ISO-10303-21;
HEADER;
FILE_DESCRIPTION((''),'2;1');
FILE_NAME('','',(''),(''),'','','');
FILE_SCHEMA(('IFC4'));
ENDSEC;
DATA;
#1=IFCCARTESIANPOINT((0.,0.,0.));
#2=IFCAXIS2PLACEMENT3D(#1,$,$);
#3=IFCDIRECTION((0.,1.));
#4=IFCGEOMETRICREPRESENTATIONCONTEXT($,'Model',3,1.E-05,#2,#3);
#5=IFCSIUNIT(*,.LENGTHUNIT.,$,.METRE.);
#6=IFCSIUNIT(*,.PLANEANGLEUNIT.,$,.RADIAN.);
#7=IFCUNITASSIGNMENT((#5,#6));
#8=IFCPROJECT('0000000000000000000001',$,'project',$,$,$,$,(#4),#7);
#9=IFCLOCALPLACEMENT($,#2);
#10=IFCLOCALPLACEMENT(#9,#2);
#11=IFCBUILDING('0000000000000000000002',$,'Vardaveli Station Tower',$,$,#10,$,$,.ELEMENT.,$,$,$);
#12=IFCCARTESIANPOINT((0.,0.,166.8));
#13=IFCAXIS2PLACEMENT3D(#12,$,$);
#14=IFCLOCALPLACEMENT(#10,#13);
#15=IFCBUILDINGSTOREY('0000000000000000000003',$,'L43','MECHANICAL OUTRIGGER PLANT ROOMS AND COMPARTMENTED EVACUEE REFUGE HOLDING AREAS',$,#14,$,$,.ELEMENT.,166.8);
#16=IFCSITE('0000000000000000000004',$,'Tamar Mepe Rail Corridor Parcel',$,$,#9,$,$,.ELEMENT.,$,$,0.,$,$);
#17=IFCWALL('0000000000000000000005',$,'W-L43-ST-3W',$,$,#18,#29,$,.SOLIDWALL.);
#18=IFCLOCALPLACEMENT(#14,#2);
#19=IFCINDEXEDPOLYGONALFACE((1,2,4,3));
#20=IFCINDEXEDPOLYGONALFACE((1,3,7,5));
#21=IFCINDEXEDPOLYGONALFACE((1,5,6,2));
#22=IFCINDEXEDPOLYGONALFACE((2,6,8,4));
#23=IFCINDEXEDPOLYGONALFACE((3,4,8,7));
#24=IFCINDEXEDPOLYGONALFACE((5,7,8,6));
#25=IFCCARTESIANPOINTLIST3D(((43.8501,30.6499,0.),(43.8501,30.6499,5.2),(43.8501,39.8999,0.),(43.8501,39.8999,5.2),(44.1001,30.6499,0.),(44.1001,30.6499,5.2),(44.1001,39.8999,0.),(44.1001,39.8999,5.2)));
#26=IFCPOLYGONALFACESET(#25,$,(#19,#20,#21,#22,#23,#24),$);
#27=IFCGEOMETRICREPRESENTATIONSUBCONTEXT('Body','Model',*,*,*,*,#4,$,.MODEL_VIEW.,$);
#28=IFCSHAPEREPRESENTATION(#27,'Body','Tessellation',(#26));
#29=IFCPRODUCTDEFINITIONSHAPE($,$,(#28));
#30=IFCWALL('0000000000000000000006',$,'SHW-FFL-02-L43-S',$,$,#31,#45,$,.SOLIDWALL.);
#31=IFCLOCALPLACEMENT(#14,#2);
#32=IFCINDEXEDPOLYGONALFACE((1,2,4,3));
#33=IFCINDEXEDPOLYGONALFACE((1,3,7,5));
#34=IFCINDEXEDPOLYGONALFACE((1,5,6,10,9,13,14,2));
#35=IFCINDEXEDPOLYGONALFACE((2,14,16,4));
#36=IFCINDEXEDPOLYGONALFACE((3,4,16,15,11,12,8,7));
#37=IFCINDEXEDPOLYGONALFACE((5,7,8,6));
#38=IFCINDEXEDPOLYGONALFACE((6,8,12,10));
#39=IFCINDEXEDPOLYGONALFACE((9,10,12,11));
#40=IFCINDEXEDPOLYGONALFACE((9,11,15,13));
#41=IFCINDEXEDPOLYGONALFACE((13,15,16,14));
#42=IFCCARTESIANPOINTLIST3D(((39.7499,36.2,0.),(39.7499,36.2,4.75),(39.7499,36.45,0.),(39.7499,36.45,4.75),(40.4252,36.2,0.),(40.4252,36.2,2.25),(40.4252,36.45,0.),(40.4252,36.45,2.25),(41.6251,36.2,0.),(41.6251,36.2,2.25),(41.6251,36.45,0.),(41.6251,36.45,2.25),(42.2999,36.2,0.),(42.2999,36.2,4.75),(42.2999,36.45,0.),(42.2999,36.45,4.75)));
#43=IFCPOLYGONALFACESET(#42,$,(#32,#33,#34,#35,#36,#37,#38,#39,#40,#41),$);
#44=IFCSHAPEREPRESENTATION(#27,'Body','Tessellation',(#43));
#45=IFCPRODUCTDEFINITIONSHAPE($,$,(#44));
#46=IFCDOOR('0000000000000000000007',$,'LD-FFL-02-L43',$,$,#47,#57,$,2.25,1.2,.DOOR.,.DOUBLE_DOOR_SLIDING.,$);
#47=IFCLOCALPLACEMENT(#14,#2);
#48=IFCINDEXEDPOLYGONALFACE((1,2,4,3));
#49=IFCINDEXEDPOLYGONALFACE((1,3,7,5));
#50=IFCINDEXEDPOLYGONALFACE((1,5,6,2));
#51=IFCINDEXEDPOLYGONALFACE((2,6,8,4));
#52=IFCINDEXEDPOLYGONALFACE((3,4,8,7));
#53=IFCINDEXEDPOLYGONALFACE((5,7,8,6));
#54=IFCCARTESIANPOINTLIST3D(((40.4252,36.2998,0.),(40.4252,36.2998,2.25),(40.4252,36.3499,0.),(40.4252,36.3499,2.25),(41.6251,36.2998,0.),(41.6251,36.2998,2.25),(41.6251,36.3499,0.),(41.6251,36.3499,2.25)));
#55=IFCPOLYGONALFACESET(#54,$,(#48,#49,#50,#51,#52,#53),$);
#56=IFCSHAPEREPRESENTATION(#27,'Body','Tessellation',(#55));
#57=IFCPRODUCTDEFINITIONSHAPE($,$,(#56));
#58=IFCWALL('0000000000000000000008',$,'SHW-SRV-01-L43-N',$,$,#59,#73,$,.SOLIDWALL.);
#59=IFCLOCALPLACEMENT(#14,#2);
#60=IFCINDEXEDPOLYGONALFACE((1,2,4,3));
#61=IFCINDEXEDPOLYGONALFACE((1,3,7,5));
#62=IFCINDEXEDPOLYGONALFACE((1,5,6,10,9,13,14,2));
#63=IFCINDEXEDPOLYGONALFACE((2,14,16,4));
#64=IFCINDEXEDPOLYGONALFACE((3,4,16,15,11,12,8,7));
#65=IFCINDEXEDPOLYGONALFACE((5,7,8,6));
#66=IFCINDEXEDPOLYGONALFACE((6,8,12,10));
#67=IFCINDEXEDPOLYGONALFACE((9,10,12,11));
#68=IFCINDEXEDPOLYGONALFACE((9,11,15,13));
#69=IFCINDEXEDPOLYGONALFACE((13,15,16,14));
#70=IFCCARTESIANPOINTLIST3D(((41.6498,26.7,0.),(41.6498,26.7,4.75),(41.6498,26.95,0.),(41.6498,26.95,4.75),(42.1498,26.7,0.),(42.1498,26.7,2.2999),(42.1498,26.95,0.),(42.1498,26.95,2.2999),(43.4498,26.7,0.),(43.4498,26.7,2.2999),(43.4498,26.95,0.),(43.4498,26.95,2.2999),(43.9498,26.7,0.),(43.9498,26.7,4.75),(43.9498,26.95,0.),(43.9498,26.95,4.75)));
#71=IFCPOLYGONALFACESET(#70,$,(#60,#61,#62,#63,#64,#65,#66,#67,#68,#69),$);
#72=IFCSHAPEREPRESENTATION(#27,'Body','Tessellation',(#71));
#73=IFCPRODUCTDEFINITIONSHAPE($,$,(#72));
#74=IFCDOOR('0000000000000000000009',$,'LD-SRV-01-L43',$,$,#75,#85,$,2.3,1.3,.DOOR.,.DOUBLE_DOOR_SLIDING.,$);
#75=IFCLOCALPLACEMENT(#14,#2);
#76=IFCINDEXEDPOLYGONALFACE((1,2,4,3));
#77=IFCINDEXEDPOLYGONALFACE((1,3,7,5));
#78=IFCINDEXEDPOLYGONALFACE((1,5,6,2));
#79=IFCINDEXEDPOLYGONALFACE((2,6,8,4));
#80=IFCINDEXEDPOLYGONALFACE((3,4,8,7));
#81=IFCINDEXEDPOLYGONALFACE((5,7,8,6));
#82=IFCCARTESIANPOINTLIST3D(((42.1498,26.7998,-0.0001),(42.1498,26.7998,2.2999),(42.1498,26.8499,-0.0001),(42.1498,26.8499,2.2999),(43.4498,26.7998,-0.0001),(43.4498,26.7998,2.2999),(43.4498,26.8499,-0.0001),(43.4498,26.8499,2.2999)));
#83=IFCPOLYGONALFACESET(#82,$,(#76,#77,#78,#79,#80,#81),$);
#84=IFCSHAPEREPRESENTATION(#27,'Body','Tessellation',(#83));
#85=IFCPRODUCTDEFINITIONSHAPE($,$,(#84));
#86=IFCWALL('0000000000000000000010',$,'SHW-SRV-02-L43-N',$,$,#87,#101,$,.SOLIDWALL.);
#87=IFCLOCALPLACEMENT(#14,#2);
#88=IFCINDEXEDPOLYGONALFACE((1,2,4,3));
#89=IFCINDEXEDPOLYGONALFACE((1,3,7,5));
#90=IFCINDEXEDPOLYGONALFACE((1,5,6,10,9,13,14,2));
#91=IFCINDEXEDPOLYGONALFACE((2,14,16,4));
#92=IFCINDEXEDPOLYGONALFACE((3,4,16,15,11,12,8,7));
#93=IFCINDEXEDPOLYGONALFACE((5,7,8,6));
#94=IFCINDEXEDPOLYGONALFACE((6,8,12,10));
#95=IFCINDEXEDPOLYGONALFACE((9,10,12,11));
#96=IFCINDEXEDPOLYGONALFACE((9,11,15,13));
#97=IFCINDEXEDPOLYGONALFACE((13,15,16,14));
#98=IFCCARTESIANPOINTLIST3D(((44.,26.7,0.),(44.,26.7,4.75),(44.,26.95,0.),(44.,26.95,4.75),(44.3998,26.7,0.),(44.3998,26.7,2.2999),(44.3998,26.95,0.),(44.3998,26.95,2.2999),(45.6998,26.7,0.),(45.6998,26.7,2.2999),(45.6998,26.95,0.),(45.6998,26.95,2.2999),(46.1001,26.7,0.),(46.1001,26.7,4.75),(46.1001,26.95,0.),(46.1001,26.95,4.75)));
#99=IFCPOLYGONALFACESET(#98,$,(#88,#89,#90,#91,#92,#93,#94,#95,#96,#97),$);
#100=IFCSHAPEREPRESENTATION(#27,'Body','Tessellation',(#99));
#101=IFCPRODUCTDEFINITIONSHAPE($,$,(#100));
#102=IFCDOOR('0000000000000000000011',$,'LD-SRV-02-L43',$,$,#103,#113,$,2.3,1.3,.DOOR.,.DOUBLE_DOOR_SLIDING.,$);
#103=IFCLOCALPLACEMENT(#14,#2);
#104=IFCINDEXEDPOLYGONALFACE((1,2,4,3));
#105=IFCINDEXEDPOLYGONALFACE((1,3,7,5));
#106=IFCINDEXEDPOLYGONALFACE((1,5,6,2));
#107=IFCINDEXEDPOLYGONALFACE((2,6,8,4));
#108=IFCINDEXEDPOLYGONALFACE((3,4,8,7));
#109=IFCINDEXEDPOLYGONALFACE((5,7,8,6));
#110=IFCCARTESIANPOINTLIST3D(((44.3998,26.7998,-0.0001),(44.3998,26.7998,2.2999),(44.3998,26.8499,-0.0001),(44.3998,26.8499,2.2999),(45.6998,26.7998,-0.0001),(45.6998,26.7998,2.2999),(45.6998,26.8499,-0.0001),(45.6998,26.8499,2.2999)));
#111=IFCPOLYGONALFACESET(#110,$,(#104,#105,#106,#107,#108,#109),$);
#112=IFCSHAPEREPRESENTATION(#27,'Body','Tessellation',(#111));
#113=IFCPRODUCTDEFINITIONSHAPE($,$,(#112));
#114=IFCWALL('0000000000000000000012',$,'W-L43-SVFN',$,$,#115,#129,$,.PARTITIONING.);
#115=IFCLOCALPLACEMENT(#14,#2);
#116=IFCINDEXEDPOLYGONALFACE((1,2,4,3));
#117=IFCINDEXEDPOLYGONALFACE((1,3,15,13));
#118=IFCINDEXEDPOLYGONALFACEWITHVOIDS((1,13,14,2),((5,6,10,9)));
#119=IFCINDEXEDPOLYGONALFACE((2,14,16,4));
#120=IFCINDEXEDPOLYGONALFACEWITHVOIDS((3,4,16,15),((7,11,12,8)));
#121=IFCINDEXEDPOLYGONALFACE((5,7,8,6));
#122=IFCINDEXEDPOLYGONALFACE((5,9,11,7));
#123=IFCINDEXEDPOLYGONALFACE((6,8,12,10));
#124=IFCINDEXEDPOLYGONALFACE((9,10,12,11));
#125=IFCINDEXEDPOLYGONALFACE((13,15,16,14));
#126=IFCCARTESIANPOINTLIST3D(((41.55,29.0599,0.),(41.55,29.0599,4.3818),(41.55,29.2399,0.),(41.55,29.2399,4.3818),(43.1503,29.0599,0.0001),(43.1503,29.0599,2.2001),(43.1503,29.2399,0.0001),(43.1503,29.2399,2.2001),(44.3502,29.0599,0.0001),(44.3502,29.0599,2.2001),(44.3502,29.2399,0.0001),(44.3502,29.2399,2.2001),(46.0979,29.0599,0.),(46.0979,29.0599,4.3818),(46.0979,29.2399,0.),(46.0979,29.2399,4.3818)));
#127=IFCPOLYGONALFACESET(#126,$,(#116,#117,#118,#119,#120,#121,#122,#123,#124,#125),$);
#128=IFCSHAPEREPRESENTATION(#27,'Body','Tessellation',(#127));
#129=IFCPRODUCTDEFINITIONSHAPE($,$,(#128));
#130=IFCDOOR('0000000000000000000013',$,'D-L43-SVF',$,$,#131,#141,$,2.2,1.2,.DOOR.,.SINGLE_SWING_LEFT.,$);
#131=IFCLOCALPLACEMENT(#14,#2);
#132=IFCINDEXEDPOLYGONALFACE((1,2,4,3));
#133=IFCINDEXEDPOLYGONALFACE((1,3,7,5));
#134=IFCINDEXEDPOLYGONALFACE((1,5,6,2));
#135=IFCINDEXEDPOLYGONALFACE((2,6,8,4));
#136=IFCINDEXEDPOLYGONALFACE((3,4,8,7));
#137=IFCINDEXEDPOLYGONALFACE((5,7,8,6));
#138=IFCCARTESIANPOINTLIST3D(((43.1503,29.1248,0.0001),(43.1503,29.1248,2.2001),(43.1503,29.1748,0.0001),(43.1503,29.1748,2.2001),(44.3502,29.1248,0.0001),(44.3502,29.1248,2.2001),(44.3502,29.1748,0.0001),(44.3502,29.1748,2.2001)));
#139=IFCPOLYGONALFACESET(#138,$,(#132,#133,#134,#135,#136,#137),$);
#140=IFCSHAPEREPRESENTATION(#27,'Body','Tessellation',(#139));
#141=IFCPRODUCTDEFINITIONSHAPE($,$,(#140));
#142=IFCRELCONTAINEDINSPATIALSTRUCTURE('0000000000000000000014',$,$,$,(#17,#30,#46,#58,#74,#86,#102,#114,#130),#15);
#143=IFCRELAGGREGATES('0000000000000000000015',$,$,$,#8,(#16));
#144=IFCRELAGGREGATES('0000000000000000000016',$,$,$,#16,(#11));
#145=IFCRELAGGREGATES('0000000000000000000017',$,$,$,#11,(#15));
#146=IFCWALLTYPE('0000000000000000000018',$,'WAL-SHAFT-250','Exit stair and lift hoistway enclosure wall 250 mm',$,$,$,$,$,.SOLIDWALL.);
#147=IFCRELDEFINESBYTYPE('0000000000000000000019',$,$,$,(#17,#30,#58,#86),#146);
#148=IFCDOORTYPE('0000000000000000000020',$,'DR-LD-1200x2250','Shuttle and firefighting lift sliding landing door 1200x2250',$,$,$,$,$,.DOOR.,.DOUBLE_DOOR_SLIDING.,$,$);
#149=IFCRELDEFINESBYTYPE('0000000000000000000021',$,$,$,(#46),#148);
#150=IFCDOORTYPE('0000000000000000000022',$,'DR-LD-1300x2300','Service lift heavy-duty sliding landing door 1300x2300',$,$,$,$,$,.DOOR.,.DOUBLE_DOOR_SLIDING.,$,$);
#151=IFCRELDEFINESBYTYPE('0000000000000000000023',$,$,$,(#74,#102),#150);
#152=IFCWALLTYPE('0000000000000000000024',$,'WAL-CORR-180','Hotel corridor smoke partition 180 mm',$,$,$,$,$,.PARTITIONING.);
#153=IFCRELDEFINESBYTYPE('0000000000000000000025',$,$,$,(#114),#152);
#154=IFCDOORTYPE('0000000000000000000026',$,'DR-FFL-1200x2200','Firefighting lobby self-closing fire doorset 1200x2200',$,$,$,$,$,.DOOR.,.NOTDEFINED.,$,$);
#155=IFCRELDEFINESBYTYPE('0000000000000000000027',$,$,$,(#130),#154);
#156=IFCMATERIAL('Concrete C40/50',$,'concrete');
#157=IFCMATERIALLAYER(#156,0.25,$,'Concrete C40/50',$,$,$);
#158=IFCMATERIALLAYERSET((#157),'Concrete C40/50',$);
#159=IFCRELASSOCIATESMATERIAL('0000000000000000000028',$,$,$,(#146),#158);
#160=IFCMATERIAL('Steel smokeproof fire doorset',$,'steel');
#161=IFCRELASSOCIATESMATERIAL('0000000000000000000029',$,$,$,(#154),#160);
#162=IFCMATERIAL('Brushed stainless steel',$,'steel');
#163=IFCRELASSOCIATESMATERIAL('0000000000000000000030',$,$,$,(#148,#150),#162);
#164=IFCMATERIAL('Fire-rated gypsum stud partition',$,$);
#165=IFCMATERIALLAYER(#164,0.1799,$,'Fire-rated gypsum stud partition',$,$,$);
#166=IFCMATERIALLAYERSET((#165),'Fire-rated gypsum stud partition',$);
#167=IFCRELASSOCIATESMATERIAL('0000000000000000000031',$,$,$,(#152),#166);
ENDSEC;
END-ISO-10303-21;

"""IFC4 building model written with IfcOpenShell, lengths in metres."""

from ifc_helpers import new_model, si_unit, direction, frame, frame_2d, origin, place, context, subcontext, project, spatial, rectangle, extrude, source, transform, mapped, material, layer, layer_set, type_object, element, fill, save


model = new_model("IFC4")

# Units and contexts
model_context = context("Model", 3, precision=1e-05, world=origin(), true_north=direction((0.0, 1.0)))
body_context = subcontext(model_context, "Body", "Model", "MODEL_VIEW")
ifc_project = project(units=[si_unit("LENGTHUNIT", "METRE"), si_unit("PLANEANGLEUNIT", "RADIAN")], contexts=[model_context])

# Site, building, storey
site_placement = place(None, origin())
site = spatial("IfcSite", under=ifc_project, at=site_placement, Name="Tamar Mepe Rail Corridor Parcel", CompositionType="ELEMENT", RefElevation=0.0)
building_placement = place(site_placement, origin())
building = spatial("IfcBuilding", under=site, at=building_placement, Name="Vardaveli Station Tower", CompositionType="ELEMENT")
storey_placement = place(building_placement, frame((0.0, 0.0, 166.8)))
storey = spatial("IfcBuildingStorey", under=building, at=storey_placement, Name="L43", Description="MECHANICAL OUTRIGGER PLANT ROOMS AND COMPARTMENTED EVACUEE REFUGE HOLDING AREAS", CompositionType="ELEMENT", Elevation=166.8)

# Shared definitions
ifc_material_1 = material(Name="Concrete C40/50", Category="concrete")
ifc_layer_1 = layer(ifc_material_1, 0.25, Name="Concrete C40/50")
ifc_layer_set_1 = layer_set([ifc_layer_1], Name="Concrete C40/50")
wall_type_1 = type_object("IfcWallType", Name="WAL-SHAFT-250", Description="Exit stair and lift hoistway enclosure wall 250 mm", PredefinedType="SOLIDWALL", material=ifc_layer_set_1)
ifc_material_2 = material(Name="Steel smokeproof fire doorset", Category="steel")
door_type_1 = type_object("IfcDoorType", Name="DR-FFL-1200x2200", Description="Firefighting lobby self-closing fire doorset 1200x2200", OperationType="NOTDEFINED", PredefinedType="DOOR", material=ifc_material_2)
shared_shape_1 = source(origin(), body_context, "Body", "SweptSolid", [
    extrude(rectangle(XDim=1.2, YDim=2.2, at=frame_2d((0.6001, 1.1001))), frame((0.0, 0.0249, 0.0), z_axis=(0.0, -1.0, 0.0), x_axis=(1.0, 0.0, 0.0)), (0.0, 0.0, 1.0), 0.05),
])

# Wall
shared_shape_2 = source(origin(), body_context, "Body", "SweptSolid", [
    extrude(rectangle(XDim=9.25, YDim=0.25, at=frame_2d((4.625, 0.0))), origin(), (0.0, 0.0, 1.0), 5.2),
])
for number, where, z_axis, x_axis, name in (
    (1, (43.9751, 30.6499, 0.0), (0.0, 0.0, 1.0), (0.0, 1.0, 0.0), "W-L43-ST-3W"),
):
    element("IfcWall", number, at=place(storey_placement, frame(where, z_axis=z_axis, x_axis=x_axis)), inside=storey, type_object=wall_type_1, Name=name, PredefinedType="SOLIDWALL", context=body_context, shape_type="MappedRepresentation", body=[
        mapped(shared_shape_2, transform((0.0, 0.0, 0.0), scale=1.0)),
    ])

# Walls, openings, doors
shared_shape_3 = source(origin(), body_context, "Body", "SweptSolid", [
    extrude(rectangle(XDim=2.55, YDim=0.25, at=frame_2d((1.2749, 0.0))), origin(), (0.0, 0.0, 1.0), 4.75),
])
wall_1_placement = place(storey_placement, frame((39.75, 36.325, 0.0), z_axis=(0.0, 0.0, 1.0), x_axis=(1.0, 0.0, 0.0)))
wall_1 = element("IfcWall", 2, at=wall_1_placement, inside=storey, type_object=wall_type_1, Name="SHW-FFL-02-L43-S", PredefinedType="SOLIDWALL", context=body_context, shape_type="MappedRepresentation", body=[
    mapped(shared_shape_3, transform((0.0, 0.0, 0.0), scale=1.0)),
])
shared_shape_4 = source(origin(), body_context, "Body", "SweptSolid", [
    extrude(rectangle(XDim=1.2, YDim=2.25, at=frame_2d((0.6001, 1.125))), frame((0.0, 0.135, 0.0), z_axis=(0.0, -1.0, 0.0), x_axis=(1.0, 0.0, 0.0)), (0.0, 0.0, 1.0), 0.27),
])
opening_1_placement = place(wall_1_placement, frame((0.675, 0.0, 0.0)))
opening_1 = element("IfcOpeningElement", 3, at=opening_1_placement, cuts=wall_1, PredefinedType="OPENING", context=body_context, shape_type="MappedRepresentation", body=[
    mapped(shared_shape_4, transform((0.0, 0.0, 0.0), scale=1.0)),
])
ifc_material_3 = material(Name="Brushed stainless steel", Category="steel")
door_type_2 = type_object("IfcDoorType", Name="DR-LD-1200x2250", Description="Shuttle and firefighting lift sliding landing door 1200x2250", OperationType="DOUBLE_DOOR_SLIDING", PredefinedType="DOOR", material=ifc_material_3)
shared_shape_5 = source(origin(), body_context, "Body", "SweptSolid", [
    extrude(rectangle(XDim=1.2, YDim=2.25, at=frame_2d((0.6001, 1.125))), frame((0.0, 0.0249, 0.0), z_axis=(0.0, -1.0, 0.0), x_axis=(1.0, 0.0, 0.0)), (0.0, 0.0, 1.0), 0.05),
])
door_1_placement = place(opening_1_placement, origin())
door_1 = element("IfcDoor", 4, at=door_1_placement, inside=storey, type_object=door_type_2, Name="LD-FFL-02-L43", OperationType="DOUBLE_DOOR_SLIDING", OverallHeight=2.25, OverallWidth=1.2, PredefinedType="DOOR", context=body_context, shape_type="MappedRepresentation", body=[
    mapped(shared_shape_5, transform((0.0, 0.0, 0.0), scale=1.0)),
])
fill(opening_1, door_1)
shared_shape_6 = source(origin(), body_context, "Body", "SweptSolid", [
    extrude(rectangle(XDim=2.3, YDim=0.25, at=frame_2d((1.1499, 0.0))), origin(), (0.0, 0.0, 1.0), 4.75),
])
wall_2_placement = place(storey_placement, frame((41.6499, 26.825, 0.0), z_axis=(0.0, 0.0, 1.0), x_axis=(1.0, 0.0, 0.0)))
wall_2 = element("IfcWall", 5, at=wall_2_placement, inside=storey, type_object=wall_type_1, Name="SHW-SRV-01-L43-N", PredefinedType="SOLIDWALL", context=body_context, shape_type="MappedRepresentation", body=[
    mapped(shared_shape_6, transform((0.0, 0.0, 0.0), scale=1.0)),
])
shared_shape_7 = source(origin(), body_context, "Body", "SweptSolid", [
    extrude(rectangle(XDim=1.3, YDim=2.3, at=frame_2d((0.6499, 1.1499))), frame((0.0, 0.135, 0.0), z_axis=(0.0, -1.0, 0.0), x_axis=(1.0, 0.0, 0.0)), (0.0, 0.0, 1.0), 0.27),
])
opening_2_placement = place(wall_2_placement, frame((0.5, 0.0, 0.0)))
opening_2 = element("IfcOpeningElement", 6, at=opening_2_placement, cuts=wall_2, PredefinedType="OPENING", context=body_context, shape_type="MappedRepresentation", body=[
    mapped(shared_shape_7, transform((0.0, 0.0, 0.0), scale=1.0)),
])
door_type_3 = type_object("IfcDoorType", Name="DR-LD-1300x2300", Description="Service lift heavy-duty sliding landing door 1300x2300", OperationType="DOUBLE_DOOR_SLIDING", PredefinedType="DOOR", material=ifc_material_3)
shared_shape_8 = source(origin(), body_context, "Body", "SweptSolid", [
    extrude(rectangle(XDim=1.3, YDim=2.3, at=frame_2d((0.6499, 1.1499))), frame((0.0, 0.0249, 0.0), z_axis=(0.0, -1.0, 0.0), x_axis=(1.0, 0.0, 0.0)), (0.0, 0.0, 1.0), 0.05),
])
door_2_placement = place(opening_2_placement, origin())
door_2 = element("IfcDoor", 7, at=door_2_placement, inside=storey, type_object=door_type_3, Name="LD-SRV-01-L43", OperationType="DOUBLE_DOOR_SLIDING", OverallHeight=2.3, OverallWidth=1.3, PredefinedType="DOOR", context=body_context, shape_type="MappedRepresentation", body=[
    mapped(shared_shape_8, transform((0.0, 0.0, 0.0), scale=1.0)),
])
fill(opening_2, door_2)
shared_shape_9 = source(origin(), body_context, "Body", "SweptSolid", [
    extrude(rectangle(XDim=2.1001, YDim=0.25, at=frame_2d((1.05, 0.0))), origin(), (0.0, 0.0, 1.0), 4.75),
])
wall_3_placement = place(storey_placement, frame((44.0, 26.825, 0.0), z_axis=(0.0, 0.0, 1.0), x_axis=(1.0, 0.0, 0.0)))
wall_3 = element("IfcWall", 8, at=wall_3_placement, inside=storey, type_object=wall_type_1, Name="SHW-SRV-02-L43-N", PredefinedType="SOLIDWALL", context=body_context, shape_type="MappedRepresentation", body=[
    mapped(shared_shape_9, transform((0.0, 0.0, 0.0), scale=1.0)),
])
opening_3_placement = place(wall_3_placement, frame((0.3999, 0.0, 0.0)))
opening_3 = element("IfcOpeningElement", 9, at=opening_3_placement, cuts=wall_3, PredefinedType="OPENING", context=body_context, shape_type="MappedRepresentation", body=[
    mapped(shared_shape_7, transform((0.0, 0.0, 0.0), scale=1.0)),
])
door_3_placement = place(opening_3_placement, origin())
door_3 = element("IfcDoor", 10, at=door_3_placement, inside=storey, type_object=door_type_3, Name="LD-SRV-02-L43", OperationType="DOUBLE_DOOR_SLIDING", OverallHeight=2.3, OverallWidth=1.3, PredefinedType="DOOR", context=body_context, shape_type="MappedRepresentation", body=[
    mapped(shared_shape_8, transform((0.0, 0.0, 0.0), scale=1.0)),
])
fill(opening_3, door_3)
ifc_material_4 = material(Name="Fire-rated gypsum stud partition")
ifc_layer_2 = layer(ifc_material_4, 0.1799, Name="Fire-rated gypsum stud partition")
ifc_layer_set_2 = layer_set([ifc_layer_2], Name="Fire-rated gypsum stud partition")
wall_type_2 = type_object("IfcWallType", Name="WAL-CORR-180", Description="Hotel corridor smoke partition 180 mm", PredefinedType="PARTITIONING", material=ifc_layer_set_2)
shared_shape_10 = source(origin(), body_context, "Body", "SweptSolid", [
    extrude(rectangle(XDim=4.5479, YDim=0.1799, at=frame_2d((2.2739, 0.0))), origin(), (0.0, 0.0, 1.0), 4.3818),
])
wall_4_placement = place(storey_placement, frame((41.55, 29.1499, 0.0), z_axis=(0.0, 0.0, 1.0), x_axis=(1.0, 0.0, 0.0)))
wall_4 = element("IfcWall", 11, at=wall_4_placement, inside=storey, type_object=wall_type_2, Name="W-L43-SVFN", PredefinedType="PARTITIONING", context=body_context, shape_type="MappedRepresentation", body=[
    mapped(shared_shape_10, transform((0.0, 0.0, 0.0), scale=1.0)),
])
shared_shape_11 = source(origin(), body_context, "Body", "SweptSolid", [
    extrude(rectangle(XDim=1.2, YDim=2.2, at=frame_2d((0.6001, 1.1001))), frame((0.0, 0.1001, 0.0), z_axis=(0.0, -1.0, 0.0), x_axis=(1.0, 0.0, 0.0)), (0.0, 0.0, 1.0), 0.2),
])
opening_4_placement = place(wall_4_placement, frame((1.6001, 0.0, 0.0)))
opening_4 = element("IfcOpeningElement", 12, at=opening_4_placement, cuts=wall_4, PredefinedType="OPENING", context=body_context, shape_type="MappedRepresentation", body=[
    mapped(shared_shape_11, transform((0.0, 0.0, 0.0), scale=1.0)),
])
door_4_placement = place(opening_4_placement, origin())
door_4 = element("IfcDoor", 13, at=door_4_placement, inside=storey, type_object=door_type_1, Name="D-L43-SVF", OperationType="SINGLE_SWING_LEFT", OverallHeight=2.2, OverallWidth=1.2, PredefinedType="DOOR", context=body_context, shape_type="MappedRepresentation", body=[
    mapped(shared_shape_1, transform((0.0, 0.0, 0.0), scale=1.0)),
])
fill(opening_4, door_4)

save(model, "model.ifc")
